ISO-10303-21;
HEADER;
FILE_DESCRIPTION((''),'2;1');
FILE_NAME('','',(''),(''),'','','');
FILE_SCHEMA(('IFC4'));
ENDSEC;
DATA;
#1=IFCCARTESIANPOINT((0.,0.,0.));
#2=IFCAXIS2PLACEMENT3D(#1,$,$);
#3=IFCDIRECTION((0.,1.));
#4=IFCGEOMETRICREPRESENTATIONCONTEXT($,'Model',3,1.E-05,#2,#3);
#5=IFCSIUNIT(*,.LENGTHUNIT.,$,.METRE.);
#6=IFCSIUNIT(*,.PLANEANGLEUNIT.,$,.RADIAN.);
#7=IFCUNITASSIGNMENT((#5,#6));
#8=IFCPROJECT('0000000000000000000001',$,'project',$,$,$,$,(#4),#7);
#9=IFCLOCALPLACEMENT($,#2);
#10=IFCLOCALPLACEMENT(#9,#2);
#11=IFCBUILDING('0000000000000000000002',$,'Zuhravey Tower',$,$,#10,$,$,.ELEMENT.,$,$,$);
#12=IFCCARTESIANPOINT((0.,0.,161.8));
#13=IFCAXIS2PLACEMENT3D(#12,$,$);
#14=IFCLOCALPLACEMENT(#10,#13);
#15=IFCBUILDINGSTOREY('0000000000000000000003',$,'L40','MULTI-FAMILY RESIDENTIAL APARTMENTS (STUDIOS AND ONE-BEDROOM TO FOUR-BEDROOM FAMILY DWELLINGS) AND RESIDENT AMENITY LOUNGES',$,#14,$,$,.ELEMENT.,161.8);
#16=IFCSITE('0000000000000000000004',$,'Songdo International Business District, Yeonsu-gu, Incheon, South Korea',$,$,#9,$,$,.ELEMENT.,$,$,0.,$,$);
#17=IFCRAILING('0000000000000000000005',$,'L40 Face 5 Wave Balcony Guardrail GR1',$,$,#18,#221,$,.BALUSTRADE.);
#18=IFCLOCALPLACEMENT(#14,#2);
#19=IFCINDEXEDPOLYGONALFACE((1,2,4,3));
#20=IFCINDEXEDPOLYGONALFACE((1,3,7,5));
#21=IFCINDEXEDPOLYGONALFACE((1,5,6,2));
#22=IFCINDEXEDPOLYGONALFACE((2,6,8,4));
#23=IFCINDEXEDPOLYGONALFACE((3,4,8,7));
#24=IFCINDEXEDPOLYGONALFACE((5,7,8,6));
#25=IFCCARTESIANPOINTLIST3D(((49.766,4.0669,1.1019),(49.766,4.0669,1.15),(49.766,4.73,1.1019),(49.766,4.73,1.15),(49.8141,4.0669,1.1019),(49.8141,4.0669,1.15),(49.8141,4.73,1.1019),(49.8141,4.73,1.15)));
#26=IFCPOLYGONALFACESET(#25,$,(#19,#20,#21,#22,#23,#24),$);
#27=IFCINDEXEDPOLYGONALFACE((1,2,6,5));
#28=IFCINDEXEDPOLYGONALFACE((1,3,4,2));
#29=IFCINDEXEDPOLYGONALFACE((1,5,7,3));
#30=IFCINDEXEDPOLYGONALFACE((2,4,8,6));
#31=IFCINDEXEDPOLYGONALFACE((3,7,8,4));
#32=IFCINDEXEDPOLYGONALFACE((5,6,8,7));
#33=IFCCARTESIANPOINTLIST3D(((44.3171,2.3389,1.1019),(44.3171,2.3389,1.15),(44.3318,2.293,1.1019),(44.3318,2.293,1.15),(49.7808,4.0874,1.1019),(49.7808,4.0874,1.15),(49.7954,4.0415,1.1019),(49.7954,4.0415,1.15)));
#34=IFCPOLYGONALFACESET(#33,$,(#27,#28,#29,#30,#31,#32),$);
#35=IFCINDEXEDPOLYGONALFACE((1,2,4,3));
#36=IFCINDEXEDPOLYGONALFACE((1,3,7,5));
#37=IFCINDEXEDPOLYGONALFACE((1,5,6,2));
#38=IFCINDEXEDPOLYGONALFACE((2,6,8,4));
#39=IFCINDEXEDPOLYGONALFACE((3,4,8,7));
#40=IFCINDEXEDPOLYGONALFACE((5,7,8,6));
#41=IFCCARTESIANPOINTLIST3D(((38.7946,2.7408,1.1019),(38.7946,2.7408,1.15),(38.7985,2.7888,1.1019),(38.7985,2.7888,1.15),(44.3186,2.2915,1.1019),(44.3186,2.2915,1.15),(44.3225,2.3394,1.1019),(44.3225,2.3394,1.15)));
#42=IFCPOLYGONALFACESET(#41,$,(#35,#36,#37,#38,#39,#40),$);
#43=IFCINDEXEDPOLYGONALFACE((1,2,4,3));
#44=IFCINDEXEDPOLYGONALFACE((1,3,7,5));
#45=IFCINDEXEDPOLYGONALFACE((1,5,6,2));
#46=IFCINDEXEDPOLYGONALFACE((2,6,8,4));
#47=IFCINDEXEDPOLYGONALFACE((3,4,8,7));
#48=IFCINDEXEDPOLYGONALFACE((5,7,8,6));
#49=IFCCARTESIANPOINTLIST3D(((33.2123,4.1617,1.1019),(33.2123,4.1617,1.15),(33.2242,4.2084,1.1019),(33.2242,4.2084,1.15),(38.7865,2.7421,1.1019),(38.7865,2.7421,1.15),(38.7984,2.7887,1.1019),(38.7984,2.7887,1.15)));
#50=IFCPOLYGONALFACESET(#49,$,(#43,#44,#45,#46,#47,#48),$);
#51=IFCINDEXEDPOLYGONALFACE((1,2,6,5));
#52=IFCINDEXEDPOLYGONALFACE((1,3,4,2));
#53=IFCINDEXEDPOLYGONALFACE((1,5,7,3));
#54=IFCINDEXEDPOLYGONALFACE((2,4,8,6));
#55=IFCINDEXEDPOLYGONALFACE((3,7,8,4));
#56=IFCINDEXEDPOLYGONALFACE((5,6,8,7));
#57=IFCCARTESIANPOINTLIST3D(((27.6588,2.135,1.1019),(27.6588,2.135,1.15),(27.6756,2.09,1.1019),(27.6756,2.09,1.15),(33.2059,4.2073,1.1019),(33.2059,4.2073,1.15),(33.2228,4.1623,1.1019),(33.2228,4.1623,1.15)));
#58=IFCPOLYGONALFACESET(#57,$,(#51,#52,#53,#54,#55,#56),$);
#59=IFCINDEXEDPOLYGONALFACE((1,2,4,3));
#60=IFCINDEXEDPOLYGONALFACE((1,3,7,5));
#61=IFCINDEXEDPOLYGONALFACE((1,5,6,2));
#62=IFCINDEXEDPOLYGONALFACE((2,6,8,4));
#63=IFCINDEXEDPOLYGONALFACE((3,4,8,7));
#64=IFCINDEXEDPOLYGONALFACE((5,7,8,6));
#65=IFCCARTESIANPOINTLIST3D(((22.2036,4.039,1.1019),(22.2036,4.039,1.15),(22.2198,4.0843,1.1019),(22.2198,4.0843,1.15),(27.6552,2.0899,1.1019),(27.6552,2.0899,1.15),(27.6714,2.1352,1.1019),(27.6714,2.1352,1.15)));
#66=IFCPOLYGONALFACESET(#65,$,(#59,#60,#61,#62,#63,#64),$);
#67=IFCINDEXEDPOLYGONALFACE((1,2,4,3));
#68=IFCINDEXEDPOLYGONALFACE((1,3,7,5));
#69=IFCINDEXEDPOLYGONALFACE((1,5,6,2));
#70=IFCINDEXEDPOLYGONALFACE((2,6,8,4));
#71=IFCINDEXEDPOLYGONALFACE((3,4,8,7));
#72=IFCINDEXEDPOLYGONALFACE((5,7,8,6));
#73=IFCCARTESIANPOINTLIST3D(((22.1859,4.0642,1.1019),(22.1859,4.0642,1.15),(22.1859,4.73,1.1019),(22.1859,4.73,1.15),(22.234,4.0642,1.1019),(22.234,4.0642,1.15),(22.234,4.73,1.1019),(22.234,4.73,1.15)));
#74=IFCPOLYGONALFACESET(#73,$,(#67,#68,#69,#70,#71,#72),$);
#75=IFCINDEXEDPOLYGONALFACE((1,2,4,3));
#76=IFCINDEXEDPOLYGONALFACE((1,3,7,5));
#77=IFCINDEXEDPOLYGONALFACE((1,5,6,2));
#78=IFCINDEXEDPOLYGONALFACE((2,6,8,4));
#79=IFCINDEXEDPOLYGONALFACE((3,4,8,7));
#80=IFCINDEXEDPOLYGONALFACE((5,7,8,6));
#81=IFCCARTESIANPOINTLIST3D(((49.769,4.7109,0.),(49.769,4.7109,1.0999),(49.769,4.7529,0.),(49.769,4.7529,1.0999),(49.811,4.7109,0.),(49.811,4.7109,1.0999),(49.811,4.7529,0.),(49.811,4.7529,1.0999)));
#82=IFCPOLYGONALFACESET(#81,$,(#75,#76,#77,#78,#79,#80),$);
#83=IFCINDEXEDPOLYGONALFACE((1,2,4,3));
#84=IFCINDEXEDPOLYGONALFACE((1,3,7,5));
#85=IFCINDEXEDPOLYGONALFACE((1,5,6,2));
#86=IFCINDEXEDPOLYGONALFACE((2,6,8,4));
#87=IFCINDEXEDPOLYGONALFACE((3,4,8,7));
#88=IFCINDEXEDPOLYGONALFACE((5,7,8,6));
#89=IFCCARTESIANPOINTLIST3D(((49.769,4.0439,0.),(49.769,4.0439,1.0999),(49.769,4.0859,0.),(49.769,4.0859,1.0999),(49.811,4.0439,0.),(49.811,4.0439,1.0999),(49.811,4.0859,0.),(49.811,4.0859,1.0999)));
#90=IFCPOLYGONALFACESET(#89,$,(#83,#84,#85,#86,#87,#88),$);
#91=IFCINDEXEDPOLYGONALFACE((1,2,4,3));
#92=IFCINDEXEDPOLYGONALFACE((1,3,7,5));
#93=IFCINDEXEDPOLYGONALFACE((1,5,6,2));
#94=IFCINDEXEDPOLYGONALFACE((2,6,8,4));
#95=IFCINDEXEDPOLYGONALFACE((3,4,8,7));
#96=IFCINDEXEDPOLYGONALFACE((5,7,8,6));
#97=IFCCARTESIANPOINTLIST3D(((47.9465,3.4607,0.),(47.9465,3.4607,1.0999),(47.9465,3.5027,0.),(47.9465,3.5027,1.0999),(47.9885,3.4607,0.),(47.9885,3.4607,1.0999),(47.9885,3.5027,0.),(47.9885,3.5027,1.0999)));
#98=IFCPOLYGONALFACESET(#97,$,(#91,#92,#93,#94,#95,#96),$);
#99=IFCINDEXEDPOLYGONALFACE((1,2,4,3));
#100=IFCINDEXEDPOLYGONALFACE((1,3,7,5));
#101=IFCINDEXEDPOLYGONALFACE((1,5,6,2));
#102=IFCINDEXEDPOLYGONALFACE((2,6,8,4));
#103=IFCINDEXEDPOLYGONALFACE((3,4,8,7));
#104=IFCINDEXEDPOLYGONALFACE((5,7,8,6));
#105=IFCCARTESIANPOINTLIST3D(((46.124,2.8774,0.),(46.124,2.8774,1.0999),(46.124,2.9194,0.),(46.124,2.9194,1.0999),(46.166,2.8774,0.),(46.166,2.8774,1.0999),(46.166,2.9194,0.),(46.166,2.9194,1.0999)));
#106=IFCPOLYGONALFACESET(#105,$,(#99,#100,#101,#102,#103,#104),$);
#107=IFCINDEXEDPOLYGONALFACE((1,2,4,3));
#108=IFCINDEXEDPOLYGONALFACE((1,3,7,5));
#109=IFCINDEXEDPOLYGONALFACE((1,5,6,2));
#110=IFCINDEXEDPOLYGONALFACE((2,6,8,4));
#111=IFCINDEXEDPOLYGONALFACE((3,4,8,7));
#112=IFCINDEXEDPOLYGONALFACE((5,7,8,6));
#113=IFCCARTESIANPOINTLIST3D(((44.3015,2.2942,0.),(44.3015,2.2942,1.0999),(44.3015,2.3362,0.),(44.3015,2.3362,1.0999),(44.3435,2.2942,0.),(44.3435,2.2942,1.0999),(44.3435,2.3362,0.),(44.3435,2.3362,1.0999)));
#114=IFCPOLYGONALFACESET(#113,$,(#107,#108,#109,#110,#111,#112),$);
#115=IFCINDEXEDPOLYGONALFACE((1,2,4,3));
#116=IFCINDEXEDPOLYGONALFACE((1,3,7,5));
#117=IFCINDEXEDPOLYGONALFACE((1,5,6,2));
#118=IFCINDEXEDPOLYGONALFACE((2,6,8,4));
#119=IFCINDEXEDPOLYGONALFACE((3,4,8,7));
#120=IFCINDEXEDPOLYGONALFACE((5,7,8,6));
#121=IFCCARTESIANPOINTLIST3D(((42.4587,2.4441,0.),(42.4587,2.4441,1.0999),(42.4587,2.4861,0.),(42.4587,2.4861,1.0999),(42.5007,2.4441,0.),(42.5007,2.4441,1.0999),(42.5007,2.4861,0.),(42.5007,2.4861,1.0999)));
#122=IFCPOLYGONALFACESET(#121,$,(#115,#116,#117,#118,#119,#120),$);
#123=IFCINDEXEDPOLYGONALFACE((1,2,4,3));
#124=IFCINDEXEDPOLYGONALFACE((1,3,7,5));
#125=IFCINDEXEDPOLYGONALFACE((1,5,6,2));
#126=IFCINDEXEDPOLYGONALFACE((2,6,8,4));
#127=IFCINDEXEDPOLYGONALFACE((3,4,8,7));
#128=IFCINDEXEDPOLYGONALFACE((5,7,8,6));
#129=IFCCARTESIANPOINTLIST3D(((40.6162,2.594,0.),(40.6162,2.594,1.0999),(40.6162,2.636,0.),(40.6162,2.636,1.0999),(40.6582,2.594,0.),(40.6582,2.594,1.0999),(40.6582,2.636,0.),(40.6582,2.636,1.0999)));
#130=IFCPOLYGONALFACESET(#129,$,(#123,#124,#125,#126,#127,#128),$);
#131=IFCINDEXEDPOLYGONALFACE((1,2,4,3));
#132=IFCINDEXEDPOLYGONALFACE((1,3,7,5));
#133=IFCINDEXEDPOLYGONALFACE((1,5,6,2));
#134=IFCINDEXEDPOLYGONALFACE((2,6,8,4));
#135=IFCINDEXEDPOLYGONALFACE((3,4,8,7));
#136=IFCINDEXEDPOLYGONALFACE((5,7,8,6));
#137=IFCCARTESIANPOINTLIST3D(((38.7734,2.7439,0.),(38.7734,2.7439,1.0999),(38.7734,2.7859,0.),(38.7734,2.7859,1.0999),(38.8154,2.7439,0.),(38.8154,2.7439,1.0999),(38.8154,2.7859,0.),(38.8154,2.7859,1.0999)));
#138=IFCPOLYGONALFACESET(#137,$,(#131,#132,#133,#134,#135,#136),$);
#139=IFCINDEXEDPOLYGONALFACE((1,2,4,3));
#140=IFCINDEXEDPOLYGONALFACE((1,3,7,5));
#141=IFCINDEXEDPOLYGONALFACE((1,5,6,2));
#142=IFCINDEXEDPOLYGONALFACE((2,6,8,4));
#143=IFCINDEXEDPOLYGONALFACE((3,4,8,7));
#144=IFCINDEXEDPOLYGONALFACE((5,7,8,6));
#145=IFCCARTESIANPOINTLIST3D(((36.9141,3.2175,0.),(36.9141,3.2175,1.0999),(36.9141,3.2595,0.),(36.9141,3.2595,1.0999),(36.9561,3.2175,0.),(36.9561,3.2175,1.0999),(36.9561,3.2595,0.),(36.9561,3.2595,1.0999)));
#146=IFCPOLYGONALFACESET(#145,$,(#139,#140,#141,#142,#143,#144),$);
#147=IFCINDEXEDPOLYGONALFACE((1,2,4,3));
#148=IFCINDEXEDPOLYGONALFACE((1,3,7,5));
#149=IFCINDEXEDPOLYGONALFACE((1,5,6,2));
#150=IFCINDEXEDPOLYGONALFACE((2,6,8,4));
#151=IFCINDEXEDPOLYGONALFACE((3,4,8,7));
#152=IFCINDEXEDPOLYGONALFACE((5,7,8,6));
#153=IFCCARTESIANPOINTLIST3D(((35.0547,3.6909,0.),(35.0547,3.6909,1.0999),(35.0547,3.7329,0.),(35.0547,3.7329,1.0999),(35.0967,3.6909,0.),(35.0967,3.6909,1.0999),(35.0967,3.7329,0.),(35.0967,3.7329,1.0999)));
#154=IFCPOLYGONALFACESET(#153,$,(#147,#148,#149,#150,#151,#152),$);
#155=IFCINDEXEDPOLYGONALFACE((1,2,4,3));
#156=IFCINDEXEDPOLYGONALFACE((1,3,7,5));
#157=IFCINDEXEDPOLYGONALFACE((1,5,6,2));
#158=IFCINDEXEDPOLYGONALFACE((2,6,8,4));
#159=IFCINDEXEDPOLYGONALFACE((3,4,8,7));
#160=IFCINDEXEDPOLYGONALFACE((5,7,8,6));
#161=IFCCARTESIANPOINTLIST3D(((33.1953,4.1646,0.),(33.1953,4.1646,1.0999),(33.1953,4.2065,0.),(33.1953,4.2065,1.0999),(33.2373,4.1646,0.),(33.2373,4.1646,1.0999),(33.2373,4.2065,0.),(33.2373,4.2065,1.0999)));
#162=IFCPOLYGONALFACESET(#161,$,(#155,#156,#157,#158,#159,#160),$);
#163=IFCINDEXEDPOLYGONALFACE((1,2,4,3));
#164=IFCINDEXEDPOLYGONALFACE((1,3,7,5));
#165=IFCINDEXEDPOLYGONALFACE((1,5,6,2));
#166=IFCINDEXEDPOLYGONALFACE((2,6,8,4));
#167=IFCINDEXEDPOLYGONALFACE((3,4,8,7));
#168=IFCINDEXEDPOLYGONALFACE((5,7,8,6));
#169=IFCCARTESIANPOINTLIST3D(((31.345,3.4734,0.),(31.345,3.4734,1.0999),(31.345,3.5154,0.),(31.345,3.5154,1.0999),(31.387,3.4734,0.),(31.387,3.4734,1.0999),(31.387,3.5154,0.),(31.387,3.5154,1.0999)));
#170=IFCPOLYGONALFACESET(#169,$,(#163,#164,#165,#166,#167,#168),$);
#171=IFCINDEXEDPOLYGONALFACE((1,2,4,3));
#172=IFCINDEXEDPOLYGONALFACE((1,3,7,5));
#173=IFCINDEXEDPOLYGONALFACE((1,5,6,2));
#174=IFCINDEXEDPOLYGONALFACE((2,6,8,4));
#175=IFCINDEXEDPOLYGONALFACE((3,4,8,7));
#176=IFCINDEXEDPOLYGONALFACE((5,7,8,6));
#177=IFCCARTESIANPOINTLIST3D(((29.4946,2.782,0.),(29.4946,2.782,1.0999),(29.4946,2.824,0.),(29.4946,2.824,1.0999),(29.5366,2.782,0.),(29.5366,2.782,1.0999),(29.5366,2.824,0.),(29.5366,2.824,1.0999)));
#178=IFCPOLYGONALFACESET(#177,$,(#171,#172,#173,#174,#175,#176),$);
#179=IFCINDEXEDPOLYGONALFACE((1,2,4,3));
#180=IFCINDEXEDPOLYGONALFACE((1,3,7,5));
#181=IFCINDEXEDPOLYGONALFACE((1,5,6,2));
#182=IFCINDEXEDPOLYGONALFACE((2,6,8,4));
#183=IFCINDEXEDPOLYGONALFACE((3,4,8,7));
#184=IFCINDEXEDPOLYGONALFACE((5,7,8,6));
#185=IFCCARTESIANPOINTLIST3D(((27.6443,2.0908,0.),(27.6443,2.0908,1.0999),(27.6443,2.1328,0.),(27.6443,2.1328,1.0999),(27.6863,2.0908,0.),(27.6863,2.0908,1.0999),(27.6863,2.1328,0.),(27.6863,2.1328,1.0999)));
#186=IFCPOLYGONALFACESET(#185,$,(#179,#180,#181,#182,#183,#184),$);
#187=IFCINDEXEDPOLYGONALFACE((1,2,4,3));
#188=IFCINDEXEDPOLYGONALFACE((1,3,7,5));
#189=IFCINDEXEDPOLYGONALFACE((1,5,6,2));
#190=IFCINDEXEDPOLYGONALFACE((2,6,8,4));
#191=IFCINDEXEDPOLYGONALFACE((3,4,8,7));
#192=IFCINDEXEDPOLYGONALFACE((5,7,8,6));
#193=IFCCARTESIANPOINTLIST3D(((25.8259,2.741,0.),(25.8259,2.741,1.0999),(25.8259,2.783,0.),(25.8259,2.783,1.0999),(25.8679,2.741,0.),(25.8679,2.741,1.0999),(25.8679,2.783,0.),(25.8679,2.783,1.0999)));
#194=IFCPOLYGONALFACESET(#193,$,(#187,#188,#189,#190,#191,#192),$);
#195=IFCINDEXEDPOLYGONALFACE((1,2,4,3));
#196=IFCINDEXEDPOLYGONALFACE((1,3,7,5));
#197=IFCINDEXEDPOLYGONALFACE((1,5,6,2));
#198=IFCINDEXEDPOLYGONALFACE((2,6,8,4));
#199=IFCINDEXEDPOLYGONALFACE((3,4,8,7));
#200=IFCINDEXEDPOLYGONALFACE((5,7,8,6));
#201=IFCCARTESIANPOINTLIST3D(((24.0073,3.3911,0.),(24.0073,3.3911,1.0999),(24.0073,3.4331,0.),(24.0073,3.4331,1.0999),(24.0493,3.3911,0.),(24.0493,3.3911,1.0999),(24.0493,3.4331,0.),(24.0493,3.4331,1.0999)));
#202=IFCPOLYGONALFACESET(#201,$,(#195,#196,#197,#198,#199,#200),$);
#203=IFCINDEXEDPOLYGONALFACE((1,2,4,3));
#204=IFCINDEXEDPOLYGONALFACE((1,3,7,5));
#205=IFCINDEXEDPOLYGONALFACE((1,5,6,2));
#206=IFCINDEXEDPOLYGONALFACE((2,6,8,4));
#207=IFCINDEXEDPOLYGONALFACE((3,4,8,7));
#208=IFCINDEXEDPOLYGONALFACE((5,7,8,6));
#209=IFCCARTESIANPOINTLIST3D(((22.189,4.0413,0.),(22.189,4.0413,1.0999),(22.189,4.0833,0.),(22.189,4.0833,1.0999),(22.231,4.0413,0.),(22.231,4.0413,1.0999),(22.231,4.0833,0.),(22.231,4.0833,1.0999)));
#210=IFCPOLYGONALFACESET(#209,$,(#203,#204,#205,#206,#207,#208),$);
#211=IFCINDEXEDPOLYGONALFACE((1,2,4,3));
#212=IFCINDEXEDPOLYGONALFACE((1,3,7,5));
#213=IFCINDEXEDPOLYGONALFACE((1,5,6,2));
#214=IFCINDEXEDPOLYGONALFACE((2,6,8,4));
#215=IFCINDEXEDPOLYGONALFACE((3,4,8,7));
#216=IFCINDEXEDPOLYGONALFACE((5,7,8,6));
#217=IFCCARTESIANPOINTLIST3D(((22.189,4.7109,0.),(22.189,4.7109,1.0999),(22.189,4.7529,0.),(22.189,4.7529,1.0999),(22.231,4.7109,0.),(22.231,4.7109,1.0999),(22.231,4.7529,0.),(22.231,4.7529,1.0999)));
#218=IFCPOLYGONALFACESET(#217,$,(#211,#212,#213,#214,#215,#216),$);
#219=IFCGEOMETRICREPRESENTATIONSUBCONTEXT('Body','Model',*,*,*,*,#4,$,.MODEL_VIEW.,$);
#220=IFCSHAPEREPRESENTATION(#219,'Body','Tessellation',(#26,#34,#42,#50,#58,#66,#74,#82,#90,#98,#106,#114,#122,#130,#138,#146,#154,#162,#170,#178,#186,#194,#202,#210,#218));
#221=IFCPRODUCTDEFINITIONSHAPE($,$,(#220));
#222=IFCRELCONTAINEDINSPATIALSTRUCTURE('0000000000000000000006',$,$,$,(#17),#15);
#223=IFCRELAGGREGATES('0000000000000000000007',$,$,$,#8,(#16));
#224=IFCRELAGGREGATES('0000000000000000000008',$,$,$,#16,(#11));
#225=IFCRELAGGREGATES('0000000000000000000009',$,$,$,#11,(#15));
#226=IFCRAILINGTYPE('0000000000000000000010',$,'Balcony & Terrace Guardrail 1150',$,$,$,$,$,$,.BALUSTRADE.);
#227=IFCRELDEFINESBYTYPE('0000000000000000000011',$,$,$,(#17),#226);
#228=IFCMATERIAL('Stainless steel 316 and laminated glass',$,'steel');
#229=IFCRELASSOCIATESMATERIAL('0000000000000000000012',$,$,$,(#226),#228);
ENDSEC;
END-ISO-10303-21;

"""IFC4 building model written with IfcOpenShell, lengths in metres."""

from ifc_helpers import new_model, si_unit, direction, frame, origin, origin_2d, place, context, subcontext, project, spatial, rectangle, extrude, material, type_object, element, save


model = new_model("IFC4")

# Units and contexts
model_context = context("Model", 3, precision=1e-05, world=origin(), true_north=direction((0.0, 1.0)))
body_context = subcontext(model_context, "Body", "Model", "MODEL_VIEW")
ifc_project = project(units=[si_unit("LENGTHUNIT", "METRE"), si_unit("PLANEANGLEUNIT", "RADIAN")], contexts=[model_context])

# Site, building, storey
site_placement = place(None, origin())
site = spatial("IfcSite", under=ifc_project, at=site_placement, Name="Songdo International Business District, Yeonsu-gu, Incheon, South Korea", CompositionType="ELEMENT", RefElevation=0.0)
building_placement = place(site_placement, origin())
building = spatial("IfcBuilding", under=site, at=building_placement, Name="Zuhravey Tower", CompositionType="ELEMENT")
storey_placement = place(building_placement, frame((0.0, 0.0, 161.8)))
storey = spatial("IfcBuildingStorey", under=building, at=storey_placement, Name="L40", Description="MULTI-FAMILY RESIDENTIAL APARTMENTS (STUDIOS AND ONE-BEDROOM TO FOUR-BEDROOM FAMILY DWELLINGS) AND RESIDENT AMENITY LOUNGES", CompositionType="ELEMENT", Elevation=161.8)

# Railing
ifc_material_1 = material(Name="Stainless steel 316 and laminated glass", Category="steel")
railing_type = type_object("IfcRailingType", Name="Balcony & Terrace Guardrail 1150", PredefinedType="BALUSTRADE", material=ifc_material_1)
railing_placement = place(storey_placement, frame((49.79, 4.7319, 0.0)))
element("IfcRailing", 1, at=railing_placement, inside=storey, type_object=railing_type, Name="L40 Face 5 Wave Balcony Guardrail GR1", PredefinedType="BALUSTRADE", context=body_context, shape_type="SweptSolid", body=[
    extrude(rectangle(XDim=0.0481, YDim=0.0481, at=origin_2d()), frame((0.0, -0.002, 1.126), z_axis=(0.0, -1.0, 0.0), x_axis=(1.0, 0.0, 0.0)), (0.0, 0.0, 1.0), 0.6631),
    extrude(rectangle(XDim=0.0481, YDim=0.0481, at=origin_2d()), frame((-0.002, -0.6675, 1.126), z_axis=(-0.952417, -0.304799, 0.0), x_axis=(0.304799, -0.952417, 0.0)), (0.0, 0.0, 1.0), 5.7366),
    extrude(rectangle(XDim=0.0481, YDim=0.0481, at=origin_2d()), frame((-5.4695, -2.4165, 1.126), z_axis=(-0.996707, 0.081082, 0.0), x_axis=(-0.081082, -0.996707, 0.0)), (0.0, 0.0, 1.0), 5.5422),
    extrude(rectangle(XDim=0.0481, YDim=0.0481, at=origin_2d()), frame((-10.9976, -1.9666, 1.126), z_axis=(-0.969065, 0.246805, 0.0), x_axis=(-0.246805, -0.969065, 0.0)), (0.0, 0.0, 1.0), 5.7522),
    extrude(rectangle(XDim=0.0481, YDim=0.0481, at=origin_2d()), frame((-16.5757, -0.5471, 1.126), z_axis=(-0.936767, -0.349954, 0.0), x_axis=(0.349954, -0.936767, 0.0)), (0.0, 0.0, 1.0), 5.9216),
    extrude(rectangle(XDim=0.0481, YDim=0.0481, at=origin_2d()), frame((-22.1267, -2.6194, 1.126), z_axis=(-0.941626, 0.336659, 0.0), x_axis=(-0.336659, -0.941626, 0.0)), (0.0, 0.0, 1.0), 5.7896),
    extrude(rectangle(XDim=0.0481, YDim=0.0481, at=origin_2d()), frame((-27.5801, -0.6677, 1.126), z_axis=(0.0, 1.0, 0.0), x_axis=(-1.0, 0.0, 0.0)), (0.0, 0.0, 1.0), 0.6658),
    extrude(rectangle(XDim=0.042, YDim=0.042, at=origin_2d()), origin(), (0.0, 0.0, 1.0), 1.0999),
    extrude(rectangle(XDim=0.042, YDim=0.042, at=origin_2d()), frame((0.0, -0.667, 0.0)), (0.0, 0.0, 1.0), 1.0999),
    extrude(rectangle(XDim=0.042, YDim=0.042, at=origin_2d()), frame((-1.8225, -1.2502, 0.0)), (0.0, 0.0, 1.0), 1.0999),
    extrude(rectangle(XDim=0.042, YDim=0.042, at=origin_2d()), frame((-3.645, -1.8335, 0.0)), (0.0, 0.0, 1.0), 1.0999),
    extrude(rectangle(XDim=0.042, YDim=0.042, at=origin_2d()), frame((-5.4675, -2.4167, 0.0)), (0.0, 0.0, 1.0), 1.0999),
    extrude(rectangle(XDim=0.042, YDim=0.042, at=origin_2d()), frame((-7.3103, -2.2668, 0.0)), (0.0, 0.0, 1.0), 1.0999),
    extrude(rectangle(XDim=0.042, YDim=0.042, at=origin_2d()), frame((-9.1528, -2.1169, 0.0)), (0.0, 0.0, 1.0), 1.0999),
    extrude(rectangle(XDim=0.042, YDim=0.042, at=origin_2d()), frame((-10.9956, -1.967, 0.0)), (0.0, 0.0, 1.0), 1.0999),
    extrude(rectangle(XDim=0.042, YDim=0.042, at=origin_2d()), frame((-12.855, -1.4934, 0.0)), (0.0, 0.0, 1.0), 1.0999),
    extrude(rectangle(XDim=0.042, YDim=0.042, at=origin_2d()), frame((-14.7144, -1.02, 0.0)), (0.0, 0.0, 1.0), 1.0999),
    extrude(rectangle(XDim=0.042, YDim=0.042, at=origin_2d()), frame((-16.5737, -0.5464, 0.0)), (0.0, 0.0, 1.0), 1.0999),
    extrude(rectangle(XDim=0.042, YDim=0.042, at=origin_2d()), frame((-18.4241, -1.2375, 0.0)), (0.0, 0.0, 1.0), 1.0999),
    extrude(rectangle(XDim=0.042, YDim=0.042, at=origin_2d()), frame((-20.2744, -1.929, 0.0)), (0.0, 0.0, 1.0), 1.0999),
    extrude(rectangle(XDim=0.042, YDim=0.042, at=origin_2d()), frame((-22.1248, -2.6201, 0.0)), (0.0, 0.0, 1.0), 1.0999),
    extrude(rectangle(XDim=0.042, YDim=0.042, at=origin_2d()), frame((-23.9431, -1.97, 0.0)), (0.0, 0.0, 1.0), 1.0999),
    extrude(rectangle(XDim=0.042, YDim=0.042, at=origin_2d()), frame((-25.7617, -1.3198, 0.0)), (0.0, 0.0, 1.0), 1.0999),
    extrude(rectangle(XDim=0.042, YDim=0.042, at=origin_2d()), frame((-27.5801, -0.6697, 0.0)), (0.0, 0.0, 1.0), 1.0999),
    extrude(rectangle(XDim=0.042, YDim=0.042, at=origin_2d()), frame((-27.5801, 0.0, 0.0)), (0.0, 0.0, 1.0), 1.0999),
])

save(model, "model.ifc")
